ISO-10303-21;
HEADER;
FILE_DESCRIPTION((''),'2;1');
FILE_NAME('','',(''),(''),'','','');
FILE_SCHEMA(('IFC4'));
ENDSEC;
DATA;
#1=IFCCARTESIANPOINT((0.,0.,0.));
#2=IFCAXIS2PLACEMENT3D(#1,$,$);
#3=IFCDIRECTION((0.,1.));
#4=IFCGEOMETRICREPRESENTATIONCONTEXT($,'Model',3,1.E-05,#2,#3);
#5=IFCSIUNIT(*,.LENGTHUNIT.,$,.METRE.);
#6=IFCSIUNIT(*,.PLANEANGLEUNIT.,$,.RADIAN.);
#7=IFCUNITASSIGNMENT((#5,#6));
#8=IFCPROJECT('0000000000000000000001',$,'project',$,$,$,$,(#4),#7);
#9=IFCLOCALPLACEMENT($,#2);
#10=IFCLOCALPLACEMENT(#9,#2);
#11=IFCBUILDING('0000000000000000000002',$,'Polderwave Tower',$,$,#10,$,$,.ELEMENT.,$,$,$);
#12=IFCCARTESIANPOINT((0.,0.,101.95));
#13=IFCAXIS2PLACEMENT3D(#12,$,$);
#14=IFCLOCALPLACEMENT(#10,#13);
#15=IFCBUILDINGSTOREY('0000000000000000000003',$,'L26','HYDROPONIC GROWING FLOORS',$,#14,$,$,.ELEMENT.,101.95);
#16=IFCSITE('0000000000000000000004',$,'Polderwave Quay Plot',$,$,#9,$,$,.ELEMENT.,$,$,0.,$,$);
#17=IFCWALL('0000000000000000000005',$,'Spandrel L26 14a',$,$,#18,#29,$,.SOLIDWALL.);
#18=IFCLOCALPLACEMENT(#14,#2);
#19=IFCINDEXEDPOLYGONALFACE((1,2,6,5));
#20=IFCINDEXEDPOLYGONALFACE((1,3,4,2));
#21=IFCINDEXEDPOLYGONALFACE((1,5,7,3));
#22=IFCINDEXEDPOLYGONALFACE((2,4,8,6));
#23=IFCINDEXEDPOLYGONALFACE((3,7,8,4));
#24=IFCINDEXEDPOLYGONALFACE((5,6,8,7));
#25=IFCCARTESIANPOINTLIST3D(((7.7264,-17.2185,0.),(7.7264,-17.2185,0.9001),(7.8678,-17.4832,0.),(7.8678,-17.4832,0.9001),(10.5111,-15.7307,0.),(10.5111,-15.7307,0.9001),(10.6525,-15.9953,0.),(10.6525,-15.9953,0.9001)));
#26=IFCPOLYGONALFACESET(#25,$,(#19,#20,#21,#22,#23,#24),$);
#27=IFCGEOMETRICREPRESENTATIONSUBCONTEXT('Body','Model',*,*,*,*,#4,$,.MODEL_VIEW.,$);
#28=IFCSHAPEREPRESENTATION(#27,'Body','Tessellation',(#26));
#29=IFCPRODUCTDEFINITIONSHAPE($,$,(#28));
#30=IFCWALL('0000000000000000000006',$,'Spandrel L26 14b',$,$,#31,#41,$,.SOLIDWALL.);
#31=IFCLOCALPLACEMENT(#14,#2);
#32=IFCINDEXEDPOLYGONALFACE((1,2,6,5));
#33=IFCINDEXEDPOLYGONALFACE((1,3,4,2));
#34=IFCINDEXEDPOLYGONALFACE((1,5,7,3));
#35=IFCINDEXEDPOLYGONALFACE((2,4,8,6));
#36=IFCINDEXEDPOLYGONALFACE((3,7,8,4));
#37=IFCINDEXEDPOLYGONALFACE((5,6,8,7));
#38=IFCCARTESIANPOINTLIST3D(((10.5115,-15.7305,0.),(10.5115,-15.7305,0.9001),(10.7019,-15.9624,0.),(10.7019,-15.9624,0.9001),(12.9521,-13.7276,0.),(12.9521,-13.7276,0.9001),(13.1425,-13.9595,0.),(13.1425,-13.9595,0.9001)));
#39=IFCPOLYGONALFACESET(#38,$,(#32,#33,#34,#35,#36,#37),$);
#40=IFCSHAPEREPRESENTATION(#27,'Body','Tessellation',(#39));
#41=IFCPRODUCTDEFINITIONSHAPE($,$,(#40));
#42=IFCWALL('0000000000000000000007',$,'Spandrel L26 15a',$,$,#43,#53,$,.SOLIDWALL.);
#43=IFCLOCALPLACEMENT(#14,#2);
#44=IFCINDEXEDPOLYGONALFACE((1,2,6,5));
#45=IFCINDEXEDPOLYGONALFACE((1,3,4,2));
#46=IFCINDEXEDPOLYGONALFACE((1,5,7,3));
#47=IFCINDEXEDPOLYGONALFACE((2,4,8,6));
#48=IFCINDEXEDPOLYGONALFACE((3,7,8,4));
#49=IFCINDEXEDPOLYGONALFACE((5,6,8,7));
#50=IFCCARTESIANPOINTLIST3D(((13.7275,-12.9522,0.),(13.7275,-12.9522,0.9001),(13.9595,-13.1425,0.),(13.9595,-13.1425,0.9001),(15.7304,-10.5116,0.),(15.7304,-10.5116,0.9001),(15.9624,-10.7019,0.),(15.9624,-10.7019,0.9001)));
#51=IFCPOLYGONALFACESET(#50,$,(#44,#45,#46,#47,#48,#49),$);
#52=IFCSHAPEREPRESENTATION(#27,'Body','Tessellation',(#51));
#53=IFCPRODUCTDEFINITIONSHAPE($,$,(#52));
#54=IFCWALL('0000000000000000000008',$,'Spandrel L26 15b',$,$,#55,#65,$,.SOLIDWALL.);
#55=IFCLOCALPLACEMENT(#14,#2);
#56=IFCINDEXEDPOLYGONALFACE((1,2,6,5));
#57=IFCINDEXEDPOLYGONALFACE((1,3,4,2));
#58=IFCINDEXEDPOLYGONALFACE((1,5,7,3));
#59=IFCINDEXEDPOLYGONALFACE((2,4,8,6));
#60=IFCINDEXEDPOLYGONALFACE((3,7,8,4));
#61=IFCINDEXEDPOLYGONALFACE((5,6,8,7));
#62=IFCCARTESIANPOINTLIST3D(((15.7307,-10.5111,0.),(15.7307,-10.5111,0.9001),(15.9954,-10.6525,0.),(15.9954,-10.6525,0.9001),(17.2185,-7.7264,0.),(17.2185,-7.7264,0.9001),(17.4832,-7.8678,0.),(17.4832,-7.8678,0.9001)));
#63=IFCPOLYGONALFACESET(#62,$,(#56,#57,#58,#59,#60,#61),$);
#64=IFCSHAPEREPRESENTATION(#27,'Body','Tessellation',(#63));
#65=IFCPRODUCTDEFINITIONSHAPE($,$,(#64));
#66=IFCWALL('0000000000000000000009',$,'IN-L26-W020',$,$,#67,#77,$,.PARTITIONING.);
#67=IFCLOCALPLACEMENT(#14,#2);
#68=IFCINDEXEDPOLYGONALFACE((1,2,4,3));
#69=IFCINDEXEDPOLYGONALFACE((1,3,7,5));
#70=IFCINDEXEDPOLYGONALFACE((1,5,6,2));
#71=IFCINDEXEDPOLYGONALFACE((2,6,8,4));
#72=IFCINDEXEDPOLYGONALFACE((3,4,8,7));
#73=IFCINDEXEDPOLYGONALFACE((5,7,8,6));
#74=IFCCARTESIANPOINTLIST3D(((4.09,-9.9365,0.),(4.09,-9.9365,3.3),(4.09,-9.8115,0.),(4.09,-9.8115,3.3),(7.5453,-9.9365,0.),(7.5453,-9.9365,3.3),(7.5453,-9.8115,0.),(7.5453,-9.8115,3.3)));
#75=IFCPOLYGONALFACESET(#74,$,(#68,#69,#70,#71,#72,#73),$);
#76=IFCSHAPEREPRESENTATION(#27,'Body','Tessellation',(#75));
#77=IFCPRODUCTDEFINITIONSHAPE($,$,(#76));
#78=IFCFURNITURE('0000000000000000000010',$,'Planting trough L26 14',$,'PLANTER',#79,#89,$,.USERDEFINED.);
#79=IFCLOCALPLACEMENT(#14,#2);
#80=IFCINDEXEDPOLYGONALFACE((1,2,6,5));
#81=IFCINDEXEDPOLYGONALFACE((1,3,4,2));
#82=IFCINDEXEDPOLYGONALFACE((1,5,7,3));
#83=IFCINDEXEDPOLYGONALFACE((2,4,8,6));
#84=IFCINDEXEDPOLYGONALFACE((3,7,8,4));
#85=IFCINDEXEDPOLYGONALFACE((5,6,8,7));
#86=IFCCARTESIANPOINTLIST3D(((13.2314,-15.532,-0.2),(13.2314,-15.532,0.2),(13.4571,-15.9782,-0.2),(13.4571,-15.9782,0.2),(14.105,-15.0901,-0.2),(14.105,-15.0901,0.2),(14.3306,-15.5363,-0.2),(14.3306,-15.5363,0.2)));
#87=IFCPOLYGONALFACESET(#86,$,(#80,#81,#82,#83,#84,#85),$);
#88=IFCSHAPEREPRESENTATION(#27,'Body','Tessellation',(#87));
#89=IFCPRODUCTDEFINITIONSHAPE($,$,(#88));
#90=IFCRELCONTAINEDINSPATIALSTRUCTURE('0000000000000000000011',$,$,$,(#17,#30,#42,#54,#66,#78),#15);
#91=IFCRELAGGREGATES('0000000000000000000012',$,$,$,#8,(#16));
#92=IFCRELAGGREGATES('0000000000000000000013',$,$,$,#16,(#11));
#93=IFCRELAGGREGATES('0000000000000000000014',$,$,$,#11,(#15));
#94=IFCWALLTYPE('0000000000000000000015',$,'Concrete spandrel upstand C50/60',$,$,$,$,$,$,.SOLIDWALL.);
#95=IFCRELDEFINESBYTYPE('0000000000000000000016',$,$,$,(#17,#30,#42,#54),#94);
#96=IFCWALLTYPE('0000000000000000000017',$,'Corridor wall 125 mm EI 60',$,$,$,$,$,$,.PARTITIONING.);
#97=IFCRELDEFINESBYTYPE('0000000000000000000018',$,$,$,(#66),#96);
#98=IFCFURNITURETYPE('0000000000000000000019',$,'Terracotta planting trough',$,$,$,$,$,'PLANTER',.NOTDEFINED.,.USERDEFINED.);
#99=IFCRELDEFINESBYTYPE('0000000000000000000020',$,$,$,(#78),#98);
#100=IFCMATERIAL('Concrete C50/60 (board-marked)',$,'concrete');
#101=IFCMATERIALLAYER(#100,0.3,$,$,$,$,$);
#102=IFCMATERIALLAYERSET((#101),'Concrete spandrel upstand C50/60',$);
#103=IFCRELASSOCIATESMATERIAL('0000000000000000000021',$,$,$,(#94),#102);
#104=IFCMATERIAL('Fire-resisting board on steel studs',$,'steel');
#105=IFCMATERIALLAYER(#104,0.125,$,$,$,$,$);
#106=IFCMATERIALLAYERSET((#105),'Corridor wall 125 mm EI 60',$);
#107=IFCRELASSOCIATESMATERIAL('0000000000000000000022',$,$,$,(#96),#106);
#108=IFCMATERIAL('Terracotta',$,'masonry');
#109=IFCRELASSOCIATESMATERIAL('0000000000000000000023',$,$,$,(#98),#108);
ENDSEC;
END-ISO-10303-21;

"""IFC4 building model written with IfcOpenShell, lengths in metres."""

from ifc_helpers import new_model, si_unit, direction, frame, frame_2d, origin, origin_2d, place, context, subcontext, project, spatial, rectangle, extrude, material, layer, layer_set, type_object, element, save


model = new_model("IFC4")

# Units and contexts
model_context = context("Model", 3, precision=1e-05, world=origin(), true_north=direction((0.0, 1.0)))
body_context = subcontext(model_context, "Body", "Model", "MODEL_VIEW")
ifc_project = project(units=[si_unit("LENGTHUNIT", "METRE"), si_unit("PLANEANGLEUNIT", "RADIAN")], contexts=[model_context])

# Site, building, storey
site_placement = place(None, origin())
site = spatial("IfcSite", under=ifc_project, at=site_placement, Name="Polderwave Quay Plot", CompositionType="ELEMENT", RefElevation=0.0)
building_placement = place(site_placement, origin())
building = spatial("IfcBuilding", under=site, at=building_placement, Name="Polderwave Tower", CompositionType="ELEMENT")
storey_placement = place(building_placement, frame((0.0, 0.0, 101.95)))
storey = spatial("IfcBuildingStorey", under=building, at=storey_placement, Name="L26", Description="HYDROPONIC GROWING FLOORS", CompositionType="ELEMENT", Elevation=101.95)

# Walls
ifc_material_1 = material(Name="Concrete C50/60 (board-marked)", Category="concrete")
ifc_layer_1 = layer(ifc_material_1, 0.3)
ifc_layer_set_1 = layer_set([ifc_layer_1], Name="Concrete spandrel upstand C50/60")
wall_type_1 = type_object("IfcWallType", Name="Concrete spandrel upstand C50/60", PredefinedType="SOLIDWALL", material=ifc_layer_set_1)
for number, where, z_axis, x_axis, name in (
    (1, (7.7971, -17.3508, 0.0), (0.0, 0.0, 1.0), (0.882006, 0.471238, 0.0), "Spandrel L26 14a"),
    (2, (10.6067, -15.8464, 0.0), (0.0, 0.0, 1.0), (0.773023, 0.634378, 0.0), "Spandrel L26 14b"),
    (3, (13.8435, -13.0474, 0.0), (0.0, 0.0, 1.0), (0.634378, 0.773023, 0.0), "Spandrel L26 15a"),
    (4, (15.863, -10.5818, 0.0), (0.0, 0.0, 1.0), (0.471238, 0.882006, 0.0), "Spandrel L26 15b"),
):
    element("IfcWall", number, at=place(storey_placement, frame(where, z_axis=z_axis, x_axis=x_axis)), inside=storey, type_object=wall_type_1, Name=name, PredefinedType="SOLIDWALL", context=body_context, shape_type="SweptSolid", body=[
        extrude(rectangle(XDim=3.1572, YDim=0.3, at=frame_2d((1.5786, 0.0))), origin(), (0.0, 0.0, 1.0), 0.9001),
    ])
ifc_material_2 = material(Name="Fire-resisting board on steel studs", Category="steel")
ifc_layer_2 = layer(ifc_material_2, 0.125)
ifc_layer_set_2 = layer_set([ifc_layer_2], Name="Corridor wall 125 mm EI 60")
wall_type_2 = type_object("IfcWallType", Name="Corridor wall 125 mm EI 60", PredefinedType="PARTITIONING", material=ifc_layer_set_2)
wall_placement = place(storey_placement, frame((7.5452, -9.874, 0.0), z_axis=(0.0, 0.0, 1.0), x_axis=(-1.0, 0.0, 0.0)))
element("IfcWall", 5, at=wall_placement, inside=storey, type_object=wall_type_2, Name="IN-L26-W020", PredefinedType="PARTITIONING", context=body_context, shape_type="SweptSolid", body=[
    extrude(rectangle(XDim=3.4553, YDim=0.125, at=frame_2d((1.7275, 0.0))), origin(), (0.0, 0.0, 1.0), 3.3),
])

# Furniture
ifc_material_3 = material(Name="Terracotta", Category="masonry")
furniture_type = type_object("IfcFurnitureType", Name="Terracotta planting trough", ElementType="PLANTER", AssemblyPlace="NOTDEFINED", PredefinedType="USERDEFINED", material=ifc_material_3)
furniture_placement = place(storey_placement, frame((13.781, -15.5342, -0.2), z_axis=(0.0, 0.0, 1.0), x_axis=(0.892334, 0.451376, 0.0)))
element("IfcFurniture", 6, at=furniture_placement, inside=storey, type_object=furniture_type, Name="Planting trough L26 14", ObjectType="PLANTER", PredefinedType="USERDEFINED", context=body_context, shape_type="SweptSolid", body=[
    extrude(rectangle(XDim=0.979, YDim=0.5, at=origin_2d()), origin(), (0.0, 0.0, 1.0), 0.3999),
])

save(model, "model.ifc")
